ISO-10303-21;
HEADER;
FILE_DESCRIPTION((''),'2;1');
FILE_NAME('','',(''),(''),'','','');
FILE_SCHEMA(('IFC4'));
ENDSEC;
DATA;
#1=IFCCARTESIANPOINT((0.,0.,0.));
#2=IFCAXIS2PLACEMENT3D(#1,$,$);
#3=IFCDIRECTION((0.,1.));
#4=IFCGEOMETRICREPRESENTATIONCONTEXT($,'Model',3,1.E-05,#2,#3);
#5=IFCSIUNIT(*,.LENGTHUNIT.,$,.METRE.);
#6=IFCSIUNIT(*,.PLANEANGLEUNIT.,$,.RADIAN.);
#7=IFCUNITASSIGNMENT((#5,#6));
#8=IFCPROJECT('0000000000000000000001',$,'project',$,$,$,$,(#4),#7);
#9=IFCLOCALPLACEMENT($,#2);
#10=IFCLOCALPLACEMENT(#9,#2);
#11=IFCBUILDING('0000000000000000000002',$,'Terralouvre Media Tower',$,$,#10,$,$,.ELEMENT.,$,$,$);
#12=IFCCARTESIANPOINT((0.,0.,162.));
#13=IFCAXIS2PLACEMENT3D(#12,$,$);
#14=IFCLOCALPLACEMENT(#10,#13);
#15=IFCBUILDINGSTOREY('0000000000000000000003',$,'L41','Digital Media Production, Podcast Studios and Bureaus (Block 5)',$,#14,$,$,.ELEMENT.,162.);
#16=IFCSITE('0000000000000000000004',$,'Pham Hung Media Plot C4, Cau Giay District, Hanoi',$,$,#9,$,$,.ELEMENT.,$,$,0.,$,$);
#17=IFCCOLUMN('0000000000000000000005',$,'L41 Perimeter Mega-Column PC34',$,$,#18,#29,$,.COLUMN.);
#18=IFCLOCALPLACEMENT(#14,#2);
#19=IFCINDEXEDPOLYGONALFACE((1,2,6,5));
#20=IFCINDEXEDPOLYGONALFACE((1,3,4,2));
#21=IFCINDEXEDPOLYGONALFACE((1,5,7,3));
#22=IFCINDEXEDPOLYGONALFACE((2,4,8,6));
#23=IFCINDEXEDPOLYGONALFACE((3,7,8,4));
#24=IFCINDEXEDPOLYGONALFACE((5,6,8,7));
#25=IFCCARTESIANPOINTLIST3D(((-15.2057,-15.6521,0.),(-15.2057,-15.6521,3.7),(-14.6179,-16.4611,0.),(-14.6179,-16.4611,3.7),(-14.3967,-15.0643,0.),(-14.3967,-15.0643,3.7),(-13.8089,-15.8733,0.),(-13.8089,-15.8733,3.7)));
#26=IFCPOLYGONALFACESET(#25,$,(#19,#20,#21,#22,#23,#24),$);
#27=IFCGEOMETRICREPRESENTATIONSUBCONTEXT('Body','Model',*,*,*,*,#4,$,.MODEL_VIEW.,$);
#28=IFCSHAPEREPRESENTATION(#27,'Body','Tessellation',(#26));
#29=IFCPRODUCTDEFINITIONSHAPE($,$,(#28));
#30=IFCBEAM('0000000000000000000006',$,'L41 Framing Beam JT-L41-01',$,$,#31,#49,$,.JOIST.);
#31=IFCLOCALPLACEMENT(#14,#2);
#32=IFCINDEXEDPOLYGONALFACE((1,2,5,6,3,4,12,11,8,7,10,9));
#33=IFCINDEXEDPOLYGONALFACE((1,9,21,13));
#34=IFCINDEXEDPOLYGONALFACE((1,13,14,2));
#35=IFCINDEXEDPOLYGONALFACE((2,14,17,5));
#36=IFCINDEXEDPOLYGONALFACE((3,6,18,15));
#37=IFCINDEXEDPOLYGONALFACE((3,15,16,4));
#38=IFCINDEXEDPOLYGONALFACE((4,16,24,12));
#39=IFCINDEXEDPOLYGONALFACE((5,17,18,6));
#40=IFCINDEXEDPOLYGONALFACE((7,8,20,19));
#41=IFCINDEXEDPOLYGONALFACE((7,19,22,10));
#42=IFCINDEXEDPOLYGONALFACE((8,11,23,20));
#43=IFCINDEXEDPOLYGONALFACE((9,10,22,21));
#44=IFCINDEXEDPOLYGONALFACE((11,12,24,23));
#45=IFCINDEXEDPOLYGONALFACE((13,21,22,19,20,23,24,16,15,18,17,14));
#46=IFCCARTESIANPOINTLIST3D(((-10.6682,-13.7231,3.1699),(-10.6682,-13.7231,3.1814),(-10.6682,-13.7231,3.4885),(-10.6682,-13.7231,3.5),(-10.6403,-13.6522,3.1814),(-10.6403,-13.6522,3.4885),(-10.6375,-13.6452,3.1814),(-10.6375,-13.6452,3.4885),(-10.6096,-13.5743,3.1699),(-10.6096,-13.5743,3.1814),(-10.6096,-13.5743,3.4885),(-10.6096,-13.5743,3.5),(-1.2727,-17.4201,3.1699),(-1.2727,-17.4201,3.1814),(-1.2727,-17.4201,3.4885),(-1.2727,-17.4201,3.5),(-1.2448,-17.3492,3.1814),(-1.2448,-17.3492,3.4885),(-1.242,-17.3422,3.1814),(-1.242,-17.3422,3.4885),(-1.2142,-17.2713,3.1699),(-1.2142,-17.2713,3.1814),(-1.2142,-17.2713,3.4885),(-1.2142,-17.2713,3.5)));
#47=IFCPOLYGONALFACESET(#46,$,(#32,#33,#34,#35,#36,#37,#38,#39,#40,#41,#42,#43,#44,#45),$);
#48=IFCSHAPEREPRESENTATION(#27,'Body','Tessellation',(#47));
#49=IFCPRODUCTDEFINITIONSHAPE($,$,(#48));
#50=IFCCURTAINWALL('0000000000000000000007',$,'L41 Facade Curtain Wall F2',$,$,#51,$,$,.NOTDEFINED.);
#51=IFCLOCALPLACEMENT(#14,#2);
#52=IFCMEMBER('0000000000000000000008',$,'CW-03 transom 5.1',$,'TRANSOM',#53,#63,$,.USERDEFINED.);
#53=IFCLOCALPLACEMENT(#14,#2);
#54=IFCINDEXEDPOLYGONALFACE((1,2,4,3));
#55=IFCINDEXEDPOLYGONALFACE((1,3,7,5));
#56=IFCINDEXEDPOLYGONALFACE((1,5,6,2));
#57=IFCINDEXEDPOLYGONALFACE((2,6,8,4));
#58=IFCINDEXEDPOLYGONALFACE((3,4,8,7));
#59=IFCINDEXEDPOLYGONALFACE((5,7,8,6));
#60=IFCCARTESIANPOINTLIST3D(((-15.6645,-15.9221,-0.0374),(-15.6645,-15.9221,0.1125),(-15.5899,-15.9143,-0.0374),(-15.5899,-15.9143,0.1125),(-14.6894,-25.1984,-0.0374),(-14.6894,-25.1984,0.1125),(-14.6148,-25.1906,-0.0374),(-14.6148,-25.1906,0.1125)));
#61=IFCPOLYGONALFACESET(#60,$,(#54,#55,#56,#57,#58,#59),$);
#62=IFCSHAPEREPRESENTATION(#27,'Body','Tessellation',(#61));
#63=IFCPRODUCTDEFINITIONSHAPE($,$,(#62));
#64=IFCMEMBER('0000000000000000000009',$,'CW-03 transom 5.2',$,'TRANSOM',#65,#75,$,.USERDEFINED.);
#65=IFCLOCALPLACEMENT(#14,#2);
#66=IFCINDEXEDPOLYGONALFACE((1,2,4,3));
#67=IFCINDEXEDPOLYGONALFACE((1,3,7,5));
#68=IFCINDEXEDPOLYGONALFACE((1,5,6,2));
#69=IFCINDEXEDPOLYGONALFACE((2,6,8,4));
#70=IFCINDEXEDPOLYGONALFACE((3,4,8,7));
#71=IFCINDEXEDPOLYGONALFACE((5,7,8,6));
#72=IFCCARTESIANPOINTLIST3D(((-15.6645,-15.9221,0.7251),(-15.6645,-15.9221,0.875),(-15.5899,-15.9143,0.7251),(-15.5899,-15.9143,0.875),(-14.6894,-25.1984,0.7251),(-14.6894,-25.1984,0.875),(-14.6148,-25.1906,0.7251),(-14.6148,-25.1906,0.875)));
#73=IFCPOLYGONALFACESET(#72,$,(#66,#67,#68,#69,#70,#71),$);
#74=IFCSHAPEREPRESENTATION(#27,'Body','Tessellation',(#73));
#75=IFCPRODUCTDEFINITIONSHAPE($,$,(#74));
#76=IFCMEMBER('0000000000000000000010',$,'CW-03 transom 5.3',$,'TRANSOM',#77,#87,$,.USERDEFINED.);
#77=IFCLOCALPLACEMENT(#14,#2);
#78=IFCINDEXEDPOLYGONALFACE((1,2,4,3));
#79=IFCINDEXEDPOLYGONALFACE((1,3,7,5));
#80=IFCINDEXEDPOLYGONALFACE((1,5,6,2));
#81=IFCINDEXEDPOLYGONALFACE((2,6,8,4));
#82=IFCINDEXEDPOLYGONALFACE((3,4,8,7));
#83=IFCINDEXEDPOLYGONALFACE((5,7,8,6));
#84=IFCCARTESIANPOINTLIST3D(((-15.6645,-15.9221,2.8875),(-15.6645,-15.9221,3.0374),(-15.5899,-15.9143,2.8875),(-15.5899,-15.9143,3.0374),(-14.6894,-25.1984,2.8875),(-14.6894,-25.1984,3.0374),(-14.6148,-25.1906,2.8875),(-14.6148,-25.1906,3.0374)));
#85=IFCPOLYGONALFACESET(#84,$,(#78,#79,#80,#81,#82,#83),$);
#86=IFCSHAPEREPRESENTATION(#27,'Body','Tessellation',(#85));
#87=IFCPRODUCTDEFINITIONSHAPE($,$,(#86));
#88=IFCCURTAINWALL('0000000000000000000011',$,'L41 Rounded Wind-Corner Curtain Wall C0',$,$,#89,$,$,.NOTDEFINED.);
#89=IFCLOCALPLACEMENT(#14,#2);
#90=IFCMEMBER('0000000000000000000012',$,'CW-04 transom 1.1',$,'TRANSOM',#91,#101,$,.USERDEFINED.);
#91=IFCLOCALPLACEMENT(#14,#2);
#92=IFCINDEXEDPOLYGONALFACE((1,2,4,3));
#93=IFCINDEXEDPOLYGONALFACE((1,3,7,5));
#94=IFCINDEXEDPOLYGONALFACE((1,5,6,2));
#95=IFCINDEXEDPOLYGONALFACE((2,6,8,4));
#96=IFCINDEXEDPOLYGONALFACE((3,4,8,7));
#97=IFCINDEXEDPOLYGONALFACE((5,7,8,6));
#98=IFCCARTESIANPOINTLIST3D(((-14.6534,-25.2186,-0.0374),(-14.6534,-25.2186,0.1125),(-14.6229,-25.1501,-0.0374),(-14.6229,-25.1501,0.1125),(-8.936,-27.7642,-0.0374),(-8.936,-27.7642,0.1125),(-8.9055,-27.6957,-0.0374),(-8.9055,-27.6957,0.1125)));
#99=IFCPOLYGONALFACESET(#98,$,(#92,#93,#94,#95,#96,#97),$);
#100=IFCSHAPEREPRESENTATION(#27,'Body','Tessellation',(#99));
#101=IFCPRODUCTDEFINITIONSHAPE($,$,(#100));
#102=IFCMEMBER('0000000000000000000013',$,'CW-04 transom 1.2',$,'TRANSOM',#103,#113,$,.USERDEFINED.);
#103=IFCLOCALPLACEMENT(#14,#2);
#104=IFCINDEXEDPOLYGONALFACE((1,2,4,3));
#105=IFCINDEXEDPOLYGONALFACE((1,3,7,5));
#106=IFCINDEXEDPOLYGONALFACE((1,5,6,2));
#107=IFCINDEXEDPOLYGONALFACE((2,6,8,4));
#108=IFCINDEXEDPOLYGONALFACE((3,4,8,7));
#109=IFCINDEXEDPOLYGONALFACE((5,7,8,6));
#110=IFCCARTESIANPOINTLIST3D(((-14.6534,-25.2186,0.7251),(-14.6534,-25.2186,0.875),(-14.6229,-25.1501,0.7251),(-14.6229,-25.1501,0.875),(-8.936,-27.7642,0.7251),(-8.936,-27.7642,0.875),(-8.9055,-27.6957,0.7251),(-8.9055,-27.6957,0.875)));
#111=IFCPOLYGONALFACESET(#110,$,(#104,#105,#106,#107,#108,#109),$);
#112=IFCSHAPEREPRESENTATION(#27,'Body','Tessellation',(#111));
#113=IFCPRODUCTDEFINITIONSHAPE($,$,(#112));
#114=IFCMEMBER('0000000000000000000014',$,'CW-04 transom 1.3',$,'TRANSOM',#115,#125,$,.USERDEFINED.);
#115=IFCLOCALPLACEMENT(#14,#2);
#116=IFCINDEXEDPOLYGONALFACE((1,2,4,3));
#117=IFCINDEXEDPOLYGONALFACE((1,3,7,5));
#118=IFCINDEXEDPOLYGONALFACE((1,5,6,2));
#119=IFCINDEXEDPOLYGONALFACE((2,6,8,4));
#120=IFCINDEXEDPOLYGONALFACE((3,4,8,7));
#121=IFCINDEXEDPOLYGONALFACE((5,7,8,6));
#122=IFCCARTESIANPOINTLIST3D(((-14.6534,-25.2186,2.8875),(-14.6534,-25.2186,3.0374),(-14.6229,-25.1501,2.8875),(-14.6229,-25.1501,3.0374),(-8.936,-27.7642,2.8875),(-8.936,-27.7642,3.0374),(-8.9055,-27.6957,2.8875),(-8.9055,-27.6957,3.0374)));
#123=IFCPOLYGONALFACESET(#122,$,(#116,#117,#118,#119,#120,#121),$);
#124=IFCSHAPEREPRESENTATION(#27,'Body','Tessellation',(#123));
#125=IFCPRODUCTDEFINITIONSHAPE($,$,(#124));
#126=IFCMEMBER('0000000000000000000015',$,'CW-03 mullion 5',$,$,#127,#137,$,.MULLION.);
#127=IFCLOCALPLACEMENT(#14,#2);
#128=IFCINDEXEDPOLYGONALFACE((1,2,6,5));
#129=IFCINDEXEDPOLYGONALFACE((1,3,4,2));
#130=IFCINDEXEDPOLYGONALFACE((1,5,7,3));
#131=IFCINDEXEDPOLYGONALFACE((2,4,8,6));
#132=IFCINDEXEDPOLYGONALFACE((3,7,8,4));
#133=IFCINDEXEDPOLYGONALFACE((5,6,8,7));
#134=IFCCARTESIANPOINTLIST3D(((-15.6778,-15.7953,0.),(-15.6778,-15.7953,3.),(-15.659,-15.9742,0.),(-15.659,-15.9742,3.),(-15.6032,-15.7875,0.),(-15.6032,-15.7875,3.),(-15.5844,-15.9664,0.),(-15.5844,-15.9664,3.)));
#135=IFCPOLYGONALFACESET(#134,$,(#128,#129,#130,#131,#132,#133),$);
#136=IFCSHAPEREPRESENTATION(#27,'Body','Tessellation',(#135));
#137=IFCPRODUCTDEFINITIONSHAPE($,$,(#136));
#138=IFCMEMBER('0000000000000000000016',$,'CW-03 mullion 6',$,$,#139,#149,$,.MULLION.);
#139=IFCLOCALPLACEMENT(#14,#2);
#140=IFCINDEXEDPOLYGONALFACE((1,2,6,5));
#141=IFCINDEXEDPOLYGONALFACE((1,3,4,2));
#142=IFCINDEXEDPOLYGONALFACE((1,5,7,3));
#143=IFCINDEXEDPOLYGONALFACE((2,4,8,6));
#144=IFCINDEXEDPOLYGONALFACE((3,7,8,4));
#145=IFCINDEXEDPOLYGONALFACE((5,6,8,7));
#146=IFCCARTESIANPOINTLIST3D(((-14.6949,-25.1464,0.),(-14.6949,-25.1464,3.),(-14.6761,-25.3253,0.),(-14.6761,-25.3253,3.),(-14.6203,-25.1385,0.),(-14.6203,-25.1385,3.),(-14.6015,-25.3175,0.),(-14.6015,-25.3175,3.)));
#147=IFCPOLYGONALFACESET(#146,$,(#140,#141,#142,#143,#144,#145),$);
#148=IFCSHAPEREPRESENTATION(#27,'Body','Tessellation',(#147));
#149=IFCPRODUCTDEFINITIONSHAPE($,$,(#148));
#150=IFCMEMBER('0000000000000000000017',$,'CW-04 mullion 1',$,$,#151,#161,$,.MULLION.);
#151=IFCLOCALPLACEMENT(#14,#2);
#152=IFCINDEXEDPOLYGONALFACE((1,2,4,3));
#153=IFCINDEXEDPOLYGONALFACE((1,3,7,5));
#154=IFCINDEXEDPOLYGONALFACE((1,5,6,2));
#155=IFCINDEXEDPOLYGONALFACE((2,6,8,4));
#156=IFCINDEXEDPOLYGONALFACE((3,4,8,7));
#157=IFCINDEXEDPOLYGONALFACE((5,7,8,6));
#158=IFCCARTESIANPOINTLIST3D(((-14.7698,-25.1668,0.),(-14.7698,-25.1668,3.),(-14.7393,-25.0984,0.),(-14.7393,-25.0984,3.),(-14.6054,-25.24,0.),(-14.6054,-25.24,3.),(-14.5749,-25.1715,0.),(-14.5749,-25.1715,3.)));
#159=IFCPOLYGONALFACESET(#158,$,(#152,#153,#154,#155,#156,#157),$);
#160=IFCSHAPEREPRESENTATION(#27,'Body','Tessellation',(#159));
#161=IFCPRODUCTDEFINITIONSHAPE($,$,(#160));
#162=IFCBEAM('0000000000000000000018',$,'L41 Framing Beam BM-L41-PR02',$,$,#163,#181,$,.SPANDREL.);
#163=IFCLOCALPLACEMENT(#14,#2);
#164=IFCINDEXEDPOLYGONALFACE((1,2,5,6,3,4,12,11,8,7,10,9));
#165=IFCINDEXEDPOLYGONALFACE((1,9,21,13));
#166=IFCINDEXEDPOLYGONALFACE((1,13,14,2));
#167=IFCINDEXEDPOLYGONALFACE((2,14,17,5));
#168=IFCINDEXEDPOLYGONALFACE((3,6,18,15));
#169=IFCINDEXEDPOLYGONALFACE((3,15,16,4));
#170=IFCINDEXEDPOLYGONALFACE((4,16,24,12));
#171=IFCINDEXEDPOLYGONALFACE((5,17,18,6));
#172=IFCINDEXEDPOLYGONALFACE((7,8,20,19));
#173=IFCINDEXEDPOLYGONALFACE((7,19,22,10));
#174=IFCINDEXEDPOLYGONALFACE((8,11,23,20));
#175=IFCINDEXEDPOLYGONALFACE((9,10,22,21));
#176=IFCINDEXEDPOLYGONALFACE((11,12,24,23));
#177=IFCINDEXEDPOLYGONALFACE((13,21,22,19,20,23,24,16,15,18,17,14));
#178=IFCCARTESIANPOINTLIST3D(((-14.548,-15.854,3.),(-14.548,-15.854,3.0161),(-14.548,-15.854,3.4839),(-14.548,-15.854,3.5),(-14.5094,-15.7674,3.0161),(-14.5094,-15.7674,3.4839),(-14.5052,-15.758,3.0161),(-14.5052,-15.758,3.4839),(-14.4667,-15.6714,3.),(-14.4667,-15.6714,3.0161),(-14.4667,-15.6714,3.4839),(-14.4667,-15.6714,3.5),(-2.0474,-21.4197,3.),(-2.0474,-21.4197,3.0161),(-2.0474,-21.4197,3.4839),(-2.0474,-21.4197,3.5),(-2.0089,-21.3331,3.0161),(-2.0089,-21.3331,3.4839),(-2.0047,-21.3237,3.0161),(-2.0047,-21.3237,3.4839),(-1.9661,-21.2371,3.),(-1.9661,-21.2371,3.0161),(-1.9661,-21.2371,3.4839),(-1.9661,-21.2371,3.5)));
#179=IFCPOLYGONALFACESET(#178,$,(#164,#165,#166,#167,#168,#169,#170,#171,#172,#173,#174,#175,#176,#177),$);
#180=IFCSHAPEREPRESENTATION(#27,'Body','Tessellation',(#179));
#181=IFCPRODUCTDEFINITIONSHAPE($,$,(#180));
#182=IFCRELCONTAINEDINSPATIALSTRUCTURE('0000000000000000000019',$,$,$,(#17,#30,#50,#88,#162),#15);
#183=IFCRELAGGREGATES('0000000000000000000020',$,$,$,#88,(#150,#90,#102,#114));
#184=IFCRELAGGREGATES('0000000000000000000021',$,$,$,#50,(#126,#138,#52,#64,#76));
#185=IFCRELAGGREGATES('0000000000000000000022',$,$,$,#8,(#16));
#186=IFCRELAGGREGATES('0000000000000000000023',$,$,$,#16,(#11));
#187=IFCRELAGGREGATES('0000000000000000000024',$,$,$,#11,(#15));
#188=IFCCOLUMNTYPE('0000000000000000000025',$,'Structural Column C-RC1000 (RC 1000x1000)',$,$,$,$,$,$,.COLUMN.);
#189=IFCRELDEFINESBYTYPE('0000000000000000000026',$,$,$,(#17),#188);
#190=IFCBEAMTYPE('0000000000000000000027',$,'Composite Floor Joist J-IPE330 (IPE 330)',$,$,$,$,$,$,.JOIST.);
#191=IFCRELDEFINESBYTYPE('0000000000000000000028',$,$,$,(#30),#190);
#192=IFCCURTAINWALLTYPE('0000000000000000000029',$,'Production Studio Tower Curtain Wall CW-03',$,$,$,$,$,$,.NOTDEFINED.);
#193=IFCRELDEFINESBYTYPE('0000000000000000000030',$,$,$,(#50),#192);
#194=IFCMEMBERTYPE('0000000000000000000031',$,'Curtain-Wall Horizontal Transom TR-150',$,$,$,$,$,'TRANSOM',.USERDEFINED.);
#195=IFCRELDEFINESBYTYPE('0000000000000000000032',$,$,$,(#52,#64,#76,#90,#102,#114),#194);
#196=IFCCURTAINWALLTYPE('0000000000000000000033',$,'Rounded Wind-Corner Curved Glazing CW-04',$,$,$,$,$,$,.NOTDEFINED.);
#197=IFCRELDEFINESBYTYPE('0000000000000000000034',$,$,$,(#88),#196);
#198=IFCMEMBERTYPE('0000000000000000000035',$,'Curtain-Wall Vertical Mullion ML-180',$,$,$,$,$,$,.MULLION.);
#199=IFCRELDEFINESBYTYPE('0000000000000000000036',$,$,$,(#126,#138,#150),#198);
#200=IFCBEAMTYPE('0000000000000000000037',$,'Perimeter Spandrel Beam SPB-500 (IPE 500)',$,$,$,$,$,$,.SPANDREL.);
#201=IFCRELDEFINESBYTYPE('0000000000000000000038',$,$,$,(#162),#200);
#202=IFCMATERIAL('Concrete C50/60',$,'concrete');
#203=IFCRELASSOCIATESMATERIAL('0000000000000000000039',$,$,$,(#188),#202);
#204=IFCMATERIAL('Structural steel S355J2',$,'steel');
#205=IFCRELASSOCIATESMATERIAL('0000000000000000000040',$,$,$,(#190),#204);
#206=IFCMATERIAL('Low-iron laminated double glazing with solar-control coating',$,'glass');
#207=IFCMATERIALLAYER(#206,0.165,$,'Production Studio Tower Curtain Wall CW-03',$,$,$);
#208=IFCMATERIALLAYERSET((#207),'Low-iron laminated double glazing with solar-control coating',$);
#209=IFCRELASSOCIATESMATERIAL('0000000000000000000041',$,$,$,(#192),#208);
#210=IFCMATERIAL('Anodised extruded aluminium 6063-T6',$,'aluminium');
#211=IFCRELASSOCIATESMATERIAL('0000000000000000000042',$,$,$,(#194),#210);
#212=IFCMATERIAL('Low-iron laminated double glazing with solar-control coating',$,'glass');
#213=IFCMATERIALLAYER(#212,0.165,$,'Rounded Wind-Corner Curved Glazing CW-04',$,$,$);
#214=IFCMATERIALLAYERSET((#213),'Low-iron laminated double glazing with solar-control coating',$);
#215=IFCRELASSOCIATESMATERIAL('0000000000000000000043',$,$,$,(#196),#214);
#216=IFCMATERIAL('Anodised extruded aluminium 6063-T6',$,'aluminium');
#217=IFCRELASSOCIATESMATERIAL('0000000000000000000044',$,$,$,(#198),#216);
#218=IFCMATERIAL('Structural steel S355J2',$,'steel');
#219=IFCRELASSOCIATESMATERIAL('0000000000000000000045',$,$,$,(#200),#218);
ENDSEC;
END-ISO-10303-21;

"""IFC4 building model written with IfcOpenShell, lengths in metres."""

from ifc_helpers import new_model, si_unit, direction, frame, origin, origin_2d, place, context, subcontext, project, spatial, rectangle, i_section, extrude, material, layer, layer_set, material_profile, profile_set, type_object, element, aggregate, save


model = new_model("IFC4")

# Units and contexts
model_context = context("Model", 3, precision=1e-05, world=origin(), true_north=direction((0.0, 1.0)))
body_context = subcontext(model_context, "Body", "Model", "MODEL_VIEW")
ifc_project = project(units=[si_unit("LENGTHUNIT", "METRE"), si_unit("PLANEANGLEUNIT", "RADIAN")], contexts=[model_context])

# Site, building, storey
site_placement = place(None, origin())
site = spatial("IfcSite", under=ifc_project, at=site_placement, Name="Pham Hung Media Plot C4, Cau Giay District, Hanoi", CompositionType="ELEMENT", RefElevation=0.0)
building_placement = place(site_placement, origin())
building = spatial("IfcBuilding", under=site, at=building_placement, Name="Terralouvre Media Tower", CompositionType="ELEMENT")
storey_placement = place(building_placement, frame((0.0, 0.0, 162.0)))
storey = spatial("IfcBuildingStorey", under=building, at=storey_placement, Name="L41", Description="Digital Media Production, Podcast Studios and Bureaus (Block 5)", CompositionType="ELEMENT", Elevation=162.0)

# Column
ifc_material_1 = material(Name="Concrete C50/60", Category="concrete")
ifc_material_profile_1 = material_profile(ifc_material_1, rectangle(XDim=1.0, YDim=1.0, at=origin_2d()), Name="RC 1000x1000")
ifc_profile_set_1 = profile_set([ifc_material_profile_1], Name="Concrete C50/60")
column_type = type_object("IfcColumnType", Name="Structural Column C-RC1000 (RC 1000x1000)", PredefinedType="COLUMN", material=ifc_profile_set_1)
column_placement = place(storey_placement, frame((-14.5073, -15.7627, 0.0), z_axis=(0.0, 0.0, 1.0), x_axis=(0.809017, 0.587785, 0.0)))
element("IfcColumn", 1, at=column_placement, inside=storey, type_object=column_type, Name="L41 Perimeter Mega-Column PC34", PredefinedType="COLUMN", context=body_context, shape_type="SweptSolid", body=[
    extrude(rectangle(XDim=1.0, YDim=1.0, at=origin_2d()), origin(), (0.0, 0.0, 1.0), 3.7),
])

# Beam
ifc_material_2 = material(Name="Structural steel S355J2", Category="steel")
ifc_material_profile_2 = material_profile(ifc_material_2, i_section(OverallWidth=0.1599, OverallDepth=0.3301, WebThickness=0.0076, FlangeThickness=0.0115, at=origin_2d()), Name="IPE 330")
ifc_profile_set_2 = profile_set([ifc_material_profile_2], Name="Structural steel S355J2")
beam_type_1 = type_object("IfcBeamType", Name="Composite Floor Joist J-IPE330 (IPE 330)", PredefinedType="JOIST", material=ifc_profile_set_2)
beam_1_placement = place(storey_placement, frame((-10.6389, -13.6487, 3.335), z_axis=(0.930552, -0.366161, 0.0), x_axis=(0.366161, 0.930552, 0.0)))
element("IfcBeam", 2, at=beam_1_placement, inside=storey, type_object=beam_type_1, Name="L41 Framing Beam JT-L41-01", PredefinedType="JOIST", context=body_context, shape_type="SweptSolid", body=[
    extrude(i_section(OverallWidth=0.1599, OverallDepth=0.3301, WebThickness=0.0076, FlangeThickness=0.0115, at=origin_2d()), origin(), (0.0, 0.0, 1.0), 10.0967),
])

# Curtain walls, members
ifc_material_3 = material(Name="Low-iron laminated double glazing with solar-control coating", Category="glass")
ifc_layer_1 = layer(ifc_material_3, 0.165, Name="Production Studio Tower Curtain Wall CW-03")
ifc_layer_set_1 = layer_set([ifc_layer_1], Name="Low-iron laminated double glazing with solar-control coating")
curtain_wall_type_1 = type_object("IfcCurtainWallType", Name="Production Studio Tower Curtain Wall CW-03", PredefinedType="NOTDEFINED", material=ifc_layer_set_1)
curtain_wall_1_placement = place(storey_placement, origin())
curtain_wall_1 = element("IfcCurtainWall", 3, at=curtain_wall_1_placement, inside=storey, type_object=curtain_wall_type_1, Name="L41 Facade Curtain Wall F2", PredefinedType="NOTDEFINED")
ifc_material_4 = material(Name="Anodised extruded aluminium 6063-T6", Category="aluminium")
ifc_material_profile_3 = material_profile(ifc_material_4, rectangle(XDim=0.075, YDim=0.1499, at=origin_2d()), Name="ALU 75x150")
ifc_profile_set_3 = profile_set([ifc_material_profile_3], Name="Anodised extruded aluminium 6063-T6")
member_type_1 = type_object("IfcMemberType", Name="Curtain-Wall Horizontal Transom TR-150", ElementType="TRANSOM", PredefinedType="USERDEFINED", material=ifc_profile_set_3)
member_1_placement = place(storey_placement, frame((-15.6272, -15.9182, 0.0376), z_axis=(0.10454, -0.994521, 0.0), x_axis=(0.994521, 0.10454, 0.0)))
member_1 = element("IfcMember", 4, at=member_1_placement, type_object=member_type_1, Name="CW-03 transom 5.1", ObjectType="TRANSOM", PredefinedType="USERDEFINED", context=body_context, shape_type="SweptSolid", body=[
    extrude(rectangle(XDim=0.075, YDim=0.1499, at=origin_2d()), origin(), (0.0, 0.0, 1.0), 9.3274),
])
member_2_placement = place(storey_placement, frame((-15.6272, -15.9182, 0.8), z_axis=(0.10454, -0.994521, 0.0), x_axis=(0.994521, 0.10454, 0.0)))
member_2 = element("IfcMember", 5, at=member_2_placement, type_object=member_type_1, Name="CW-03 transom 5.2", ObjectType="TRANSOM", PredefinedType="USERDEFINED", context=body_context, shape_type="SweptSolid", body=[
    extrude(rectangle(XDim=0.075, YDim=0.1499, at=origin_2d()), origin(), (0.0, 0.0, 1.0), 9.3274),
])
member_3_placement = place(storey_placement, frame((-15.6272, -15.9182, 2.9624), z_axis=(0.10454, -0.994521, 0.0), x_axis=(0.994521, 0.10454, 0.0)))
member_3 = element("IfcMember", 6, at=member_3_placement, type_object=member_type_1, Name="CW-03 transom 5.3", ObjectType="TRANSOM", PredefinedType="USERDEFINED", context=body_context, shape_type="SweptSolid", body=[
    extrude(rectangle(XDim=0.075, YDim=0.1499, at=origin_2d()), origin(), (0.0, 0.0, 1.0), 9.3274),
])
ifc_material_5 = material(Name="Low-iron laminated double glazing with solar-control coating", Category="glass")
ifc_layer_2 = layer(ifc_material_5, 0.165, Name="Rounded Wind-Corner Curved Glazing CW-04")
ifc_layer_set_2 = layer_set([ifc_layer_2], Name="Low-iron laminated double glazing with solar-control coating")
curtain_wall_type_2 = type_object("IfcCurtainWallType", Name="Rounded Wind-Corner Curved Glazing CW-04", PredefinedType="NOTDEFINED", material=ifc_layer_set_2)
curtain_wall_2_placement = place(storey_placement, origin())
curtain_wall_2 = element("IfcCurtainWall", 7, at=curtain_wall_2_placement, inside=storey, type_object=curtain_wall_type_2, Name="L41 Rounded Wind-Corner Curtain Wall C0", PredefinedType="NOTDEFINED")
member_4_placement = place(storey_placement, frame((-14.6382, -25.1843, 0.0376), z_axis=(0.913543, -0.406743, 0.0), x_axis=(0.406743, 0.913543, 0.0)))
member_4 = element("IfcMember", 8, at=member_4_placement, type_object=member_type_1, Name="CW-04 transom 1.1", ObjectType="TRANSOM", PredefinedType="USERDEFINED", context=body_context, shape_type="SweptSolid", body=[
    extrude(rectangle(XDim=0.075, YDim=0.1499, at=origin_2d()), origin(), (0.0, 0.0, 1.0), 6.2585),
])
member_5_placement = place(storey_placement, frame((-14.6382, -25.1843, 0.8), z_axis=(0.913543, -0.406743, 0.0), x_axis=(0.406743, 0.913543, 0.0)))
member_5 = element("IfcMember", 9, at=member_5_placement, type_object=member_type_1, Name="CW-04 transom 1.2", ObjectType="TRANSOM", PredefinedType="USERDEFINED", context=body_context, shape_type="SweptSolid", body=[
    extrude(rectangle(XDim=0.075, YDim=0.1499, at=origin_2d()), origin(), (0.0, 0.0, 1.0), 6.2585),
])
member_6_placement = place(storey_placement, frame((-14.6382, -25.1843, 2.9624), z_axis=(0.913543, -0.406743, 0.0), x_axis=(0.406743, 0.913543, 0.0)))
member_6 = element("IfcMember", 10, at=member_6_placement, type_object=member_type_1, Name="CW-04 transom 1.3", ObjectType="TRANSOM", PredefinedType="USERDEFINED", context=body_context, shape_type="SweptSolid", body=[
    extrude(rectangle(XDim=0.075, YDim=0.1499, at=origin_2d()), origin(), (0.0, 0.0, 1.0), 6.2585),
])

# Members
ifc_material_6 = material(Name="Anodised extruded aluminium 6063-T6", Category="aluminium")
ifc_material_profile_4 = material_profile(ifc_material_6, rectangle(XDim=0.075, YDim=0.1799, at=origin_2d()), Name="ALU 75x180")
ifc_profile_set_4 = profile_set([ifc_material_profile_4], Name="Anodised extruded aluminium 6063-T6")
member_type_2 = type_object("IfcMemberType", Name="Curtain-Wall Vertical Mullion ML-180", PredefinedType="MULLION", material=ifc_profile_set_4)
member_7_placement = place(storey_placement, frame((-15.6311, -15.8809, 0.0), z_axis=(0.0, 0.0, 1.0), x_axis=(0.994522, 0.104528, 0.0)))
member_7 = element("IfcMember", 11, at=member_7_placement, type_object=member_type_2, Name="CW-03 mullion 5", PredefinedType="MULLION", context=body_context, shape_type="SweptSolid", body=[
    extrude(rectangle(XDim=0.075, YDim=0.1799, at=origin_2d()), origin(), (0.0, 0.0, 1.0), 3.0),
])
member_8_placement = place(storey_placement, frame((-14.6482, -25.2319, 0.0), z_axis=(0.0, 0.0, 1.0), x_axis=(0.994522, 0.104528, 0.0)))
member_8 = element("IfcMember", 12, at=member_8_placement, type_object=member_type_2, Name="CW-03 mullion 6", PredefinedType="MULLION", context=body_context, shape_type="SweptSolid", body=[
    extrude(rectangle(XDim=0.075, YDim=0.1799, at=origin_2d()), origin(), (0.0, 0.0, 1.0), 3.0),
])
member_9_placement = place(storey_placement, frame((-14.6724, -25.1692, 0.0), z_axis=(0.0, 0.0, 1.0), x_axis=(0.406737, 0.913545, 0.0)))
member_9 = element("IfcMember", 13, at=member_9_placement, type_object=member_type_2, Name="CW-04 mullion 1", PredefinedType="MULLION", context=body_context, shape_type="SweptSolid", body=[
    extrude(rectangle(XDim=0.075, YDim=0.1799, at=origin_2d()), origin(), (0.0, 0.0, 1.0), 3.0),
])

# Beam
ifc_material_7 = material(Name="Structural steel S355J2", Category="steel")
ifc_material_profile_5 = material_profile(ifc_material_7, i_section(OverallWidth=0.2, OverallDepth=0.5, WebThickness=0.0103, FlangeThickness=0.0161, at=origin_2d()), Name="IPE 500")
ifc_profile_set_5 = profile_set([ifc_material_profile_5], Name="Structural steel S355J2")
beam_type_2 = type_object("IfcBeamType", Name="Perimeter Spandrel Beam SPB-500 (IPE 500)", PredefinedType="SPANDREL", material=ifc_profile_set_5)
beam_2_placement = place(storey_placement, frame((-14.5073, -15.7627, 3.25), z_axis=(0.913543, -0.406743, 0.0), x_axis=(0.406743, 0.913543, 0.0)))
element("IfcBeam", 14, at=beam_2_placement, inside=storey, type_object=beam_type_2, Name="L41 Framing Beam BM-L41-PR02", PredefinedType="SPANDREL", context=body_context, shape_type="SweptSolid", body=[
    extrude(i_section(OverallWidth=0.2, OverallDepth=0.5, WebThickness=0.0103, FlangeThickness=0.0161, at=origin_2d()), origin(), (0.0, 0.0, 1.0), 13.6836),
])

aggregate(curtain_wall_2, [member_9, member_4, member_5, member_6])
aggregate(curtain_wall_1, [member_7, member_8, member_1, member_2, member_3])

save(model, "model.ifc")
